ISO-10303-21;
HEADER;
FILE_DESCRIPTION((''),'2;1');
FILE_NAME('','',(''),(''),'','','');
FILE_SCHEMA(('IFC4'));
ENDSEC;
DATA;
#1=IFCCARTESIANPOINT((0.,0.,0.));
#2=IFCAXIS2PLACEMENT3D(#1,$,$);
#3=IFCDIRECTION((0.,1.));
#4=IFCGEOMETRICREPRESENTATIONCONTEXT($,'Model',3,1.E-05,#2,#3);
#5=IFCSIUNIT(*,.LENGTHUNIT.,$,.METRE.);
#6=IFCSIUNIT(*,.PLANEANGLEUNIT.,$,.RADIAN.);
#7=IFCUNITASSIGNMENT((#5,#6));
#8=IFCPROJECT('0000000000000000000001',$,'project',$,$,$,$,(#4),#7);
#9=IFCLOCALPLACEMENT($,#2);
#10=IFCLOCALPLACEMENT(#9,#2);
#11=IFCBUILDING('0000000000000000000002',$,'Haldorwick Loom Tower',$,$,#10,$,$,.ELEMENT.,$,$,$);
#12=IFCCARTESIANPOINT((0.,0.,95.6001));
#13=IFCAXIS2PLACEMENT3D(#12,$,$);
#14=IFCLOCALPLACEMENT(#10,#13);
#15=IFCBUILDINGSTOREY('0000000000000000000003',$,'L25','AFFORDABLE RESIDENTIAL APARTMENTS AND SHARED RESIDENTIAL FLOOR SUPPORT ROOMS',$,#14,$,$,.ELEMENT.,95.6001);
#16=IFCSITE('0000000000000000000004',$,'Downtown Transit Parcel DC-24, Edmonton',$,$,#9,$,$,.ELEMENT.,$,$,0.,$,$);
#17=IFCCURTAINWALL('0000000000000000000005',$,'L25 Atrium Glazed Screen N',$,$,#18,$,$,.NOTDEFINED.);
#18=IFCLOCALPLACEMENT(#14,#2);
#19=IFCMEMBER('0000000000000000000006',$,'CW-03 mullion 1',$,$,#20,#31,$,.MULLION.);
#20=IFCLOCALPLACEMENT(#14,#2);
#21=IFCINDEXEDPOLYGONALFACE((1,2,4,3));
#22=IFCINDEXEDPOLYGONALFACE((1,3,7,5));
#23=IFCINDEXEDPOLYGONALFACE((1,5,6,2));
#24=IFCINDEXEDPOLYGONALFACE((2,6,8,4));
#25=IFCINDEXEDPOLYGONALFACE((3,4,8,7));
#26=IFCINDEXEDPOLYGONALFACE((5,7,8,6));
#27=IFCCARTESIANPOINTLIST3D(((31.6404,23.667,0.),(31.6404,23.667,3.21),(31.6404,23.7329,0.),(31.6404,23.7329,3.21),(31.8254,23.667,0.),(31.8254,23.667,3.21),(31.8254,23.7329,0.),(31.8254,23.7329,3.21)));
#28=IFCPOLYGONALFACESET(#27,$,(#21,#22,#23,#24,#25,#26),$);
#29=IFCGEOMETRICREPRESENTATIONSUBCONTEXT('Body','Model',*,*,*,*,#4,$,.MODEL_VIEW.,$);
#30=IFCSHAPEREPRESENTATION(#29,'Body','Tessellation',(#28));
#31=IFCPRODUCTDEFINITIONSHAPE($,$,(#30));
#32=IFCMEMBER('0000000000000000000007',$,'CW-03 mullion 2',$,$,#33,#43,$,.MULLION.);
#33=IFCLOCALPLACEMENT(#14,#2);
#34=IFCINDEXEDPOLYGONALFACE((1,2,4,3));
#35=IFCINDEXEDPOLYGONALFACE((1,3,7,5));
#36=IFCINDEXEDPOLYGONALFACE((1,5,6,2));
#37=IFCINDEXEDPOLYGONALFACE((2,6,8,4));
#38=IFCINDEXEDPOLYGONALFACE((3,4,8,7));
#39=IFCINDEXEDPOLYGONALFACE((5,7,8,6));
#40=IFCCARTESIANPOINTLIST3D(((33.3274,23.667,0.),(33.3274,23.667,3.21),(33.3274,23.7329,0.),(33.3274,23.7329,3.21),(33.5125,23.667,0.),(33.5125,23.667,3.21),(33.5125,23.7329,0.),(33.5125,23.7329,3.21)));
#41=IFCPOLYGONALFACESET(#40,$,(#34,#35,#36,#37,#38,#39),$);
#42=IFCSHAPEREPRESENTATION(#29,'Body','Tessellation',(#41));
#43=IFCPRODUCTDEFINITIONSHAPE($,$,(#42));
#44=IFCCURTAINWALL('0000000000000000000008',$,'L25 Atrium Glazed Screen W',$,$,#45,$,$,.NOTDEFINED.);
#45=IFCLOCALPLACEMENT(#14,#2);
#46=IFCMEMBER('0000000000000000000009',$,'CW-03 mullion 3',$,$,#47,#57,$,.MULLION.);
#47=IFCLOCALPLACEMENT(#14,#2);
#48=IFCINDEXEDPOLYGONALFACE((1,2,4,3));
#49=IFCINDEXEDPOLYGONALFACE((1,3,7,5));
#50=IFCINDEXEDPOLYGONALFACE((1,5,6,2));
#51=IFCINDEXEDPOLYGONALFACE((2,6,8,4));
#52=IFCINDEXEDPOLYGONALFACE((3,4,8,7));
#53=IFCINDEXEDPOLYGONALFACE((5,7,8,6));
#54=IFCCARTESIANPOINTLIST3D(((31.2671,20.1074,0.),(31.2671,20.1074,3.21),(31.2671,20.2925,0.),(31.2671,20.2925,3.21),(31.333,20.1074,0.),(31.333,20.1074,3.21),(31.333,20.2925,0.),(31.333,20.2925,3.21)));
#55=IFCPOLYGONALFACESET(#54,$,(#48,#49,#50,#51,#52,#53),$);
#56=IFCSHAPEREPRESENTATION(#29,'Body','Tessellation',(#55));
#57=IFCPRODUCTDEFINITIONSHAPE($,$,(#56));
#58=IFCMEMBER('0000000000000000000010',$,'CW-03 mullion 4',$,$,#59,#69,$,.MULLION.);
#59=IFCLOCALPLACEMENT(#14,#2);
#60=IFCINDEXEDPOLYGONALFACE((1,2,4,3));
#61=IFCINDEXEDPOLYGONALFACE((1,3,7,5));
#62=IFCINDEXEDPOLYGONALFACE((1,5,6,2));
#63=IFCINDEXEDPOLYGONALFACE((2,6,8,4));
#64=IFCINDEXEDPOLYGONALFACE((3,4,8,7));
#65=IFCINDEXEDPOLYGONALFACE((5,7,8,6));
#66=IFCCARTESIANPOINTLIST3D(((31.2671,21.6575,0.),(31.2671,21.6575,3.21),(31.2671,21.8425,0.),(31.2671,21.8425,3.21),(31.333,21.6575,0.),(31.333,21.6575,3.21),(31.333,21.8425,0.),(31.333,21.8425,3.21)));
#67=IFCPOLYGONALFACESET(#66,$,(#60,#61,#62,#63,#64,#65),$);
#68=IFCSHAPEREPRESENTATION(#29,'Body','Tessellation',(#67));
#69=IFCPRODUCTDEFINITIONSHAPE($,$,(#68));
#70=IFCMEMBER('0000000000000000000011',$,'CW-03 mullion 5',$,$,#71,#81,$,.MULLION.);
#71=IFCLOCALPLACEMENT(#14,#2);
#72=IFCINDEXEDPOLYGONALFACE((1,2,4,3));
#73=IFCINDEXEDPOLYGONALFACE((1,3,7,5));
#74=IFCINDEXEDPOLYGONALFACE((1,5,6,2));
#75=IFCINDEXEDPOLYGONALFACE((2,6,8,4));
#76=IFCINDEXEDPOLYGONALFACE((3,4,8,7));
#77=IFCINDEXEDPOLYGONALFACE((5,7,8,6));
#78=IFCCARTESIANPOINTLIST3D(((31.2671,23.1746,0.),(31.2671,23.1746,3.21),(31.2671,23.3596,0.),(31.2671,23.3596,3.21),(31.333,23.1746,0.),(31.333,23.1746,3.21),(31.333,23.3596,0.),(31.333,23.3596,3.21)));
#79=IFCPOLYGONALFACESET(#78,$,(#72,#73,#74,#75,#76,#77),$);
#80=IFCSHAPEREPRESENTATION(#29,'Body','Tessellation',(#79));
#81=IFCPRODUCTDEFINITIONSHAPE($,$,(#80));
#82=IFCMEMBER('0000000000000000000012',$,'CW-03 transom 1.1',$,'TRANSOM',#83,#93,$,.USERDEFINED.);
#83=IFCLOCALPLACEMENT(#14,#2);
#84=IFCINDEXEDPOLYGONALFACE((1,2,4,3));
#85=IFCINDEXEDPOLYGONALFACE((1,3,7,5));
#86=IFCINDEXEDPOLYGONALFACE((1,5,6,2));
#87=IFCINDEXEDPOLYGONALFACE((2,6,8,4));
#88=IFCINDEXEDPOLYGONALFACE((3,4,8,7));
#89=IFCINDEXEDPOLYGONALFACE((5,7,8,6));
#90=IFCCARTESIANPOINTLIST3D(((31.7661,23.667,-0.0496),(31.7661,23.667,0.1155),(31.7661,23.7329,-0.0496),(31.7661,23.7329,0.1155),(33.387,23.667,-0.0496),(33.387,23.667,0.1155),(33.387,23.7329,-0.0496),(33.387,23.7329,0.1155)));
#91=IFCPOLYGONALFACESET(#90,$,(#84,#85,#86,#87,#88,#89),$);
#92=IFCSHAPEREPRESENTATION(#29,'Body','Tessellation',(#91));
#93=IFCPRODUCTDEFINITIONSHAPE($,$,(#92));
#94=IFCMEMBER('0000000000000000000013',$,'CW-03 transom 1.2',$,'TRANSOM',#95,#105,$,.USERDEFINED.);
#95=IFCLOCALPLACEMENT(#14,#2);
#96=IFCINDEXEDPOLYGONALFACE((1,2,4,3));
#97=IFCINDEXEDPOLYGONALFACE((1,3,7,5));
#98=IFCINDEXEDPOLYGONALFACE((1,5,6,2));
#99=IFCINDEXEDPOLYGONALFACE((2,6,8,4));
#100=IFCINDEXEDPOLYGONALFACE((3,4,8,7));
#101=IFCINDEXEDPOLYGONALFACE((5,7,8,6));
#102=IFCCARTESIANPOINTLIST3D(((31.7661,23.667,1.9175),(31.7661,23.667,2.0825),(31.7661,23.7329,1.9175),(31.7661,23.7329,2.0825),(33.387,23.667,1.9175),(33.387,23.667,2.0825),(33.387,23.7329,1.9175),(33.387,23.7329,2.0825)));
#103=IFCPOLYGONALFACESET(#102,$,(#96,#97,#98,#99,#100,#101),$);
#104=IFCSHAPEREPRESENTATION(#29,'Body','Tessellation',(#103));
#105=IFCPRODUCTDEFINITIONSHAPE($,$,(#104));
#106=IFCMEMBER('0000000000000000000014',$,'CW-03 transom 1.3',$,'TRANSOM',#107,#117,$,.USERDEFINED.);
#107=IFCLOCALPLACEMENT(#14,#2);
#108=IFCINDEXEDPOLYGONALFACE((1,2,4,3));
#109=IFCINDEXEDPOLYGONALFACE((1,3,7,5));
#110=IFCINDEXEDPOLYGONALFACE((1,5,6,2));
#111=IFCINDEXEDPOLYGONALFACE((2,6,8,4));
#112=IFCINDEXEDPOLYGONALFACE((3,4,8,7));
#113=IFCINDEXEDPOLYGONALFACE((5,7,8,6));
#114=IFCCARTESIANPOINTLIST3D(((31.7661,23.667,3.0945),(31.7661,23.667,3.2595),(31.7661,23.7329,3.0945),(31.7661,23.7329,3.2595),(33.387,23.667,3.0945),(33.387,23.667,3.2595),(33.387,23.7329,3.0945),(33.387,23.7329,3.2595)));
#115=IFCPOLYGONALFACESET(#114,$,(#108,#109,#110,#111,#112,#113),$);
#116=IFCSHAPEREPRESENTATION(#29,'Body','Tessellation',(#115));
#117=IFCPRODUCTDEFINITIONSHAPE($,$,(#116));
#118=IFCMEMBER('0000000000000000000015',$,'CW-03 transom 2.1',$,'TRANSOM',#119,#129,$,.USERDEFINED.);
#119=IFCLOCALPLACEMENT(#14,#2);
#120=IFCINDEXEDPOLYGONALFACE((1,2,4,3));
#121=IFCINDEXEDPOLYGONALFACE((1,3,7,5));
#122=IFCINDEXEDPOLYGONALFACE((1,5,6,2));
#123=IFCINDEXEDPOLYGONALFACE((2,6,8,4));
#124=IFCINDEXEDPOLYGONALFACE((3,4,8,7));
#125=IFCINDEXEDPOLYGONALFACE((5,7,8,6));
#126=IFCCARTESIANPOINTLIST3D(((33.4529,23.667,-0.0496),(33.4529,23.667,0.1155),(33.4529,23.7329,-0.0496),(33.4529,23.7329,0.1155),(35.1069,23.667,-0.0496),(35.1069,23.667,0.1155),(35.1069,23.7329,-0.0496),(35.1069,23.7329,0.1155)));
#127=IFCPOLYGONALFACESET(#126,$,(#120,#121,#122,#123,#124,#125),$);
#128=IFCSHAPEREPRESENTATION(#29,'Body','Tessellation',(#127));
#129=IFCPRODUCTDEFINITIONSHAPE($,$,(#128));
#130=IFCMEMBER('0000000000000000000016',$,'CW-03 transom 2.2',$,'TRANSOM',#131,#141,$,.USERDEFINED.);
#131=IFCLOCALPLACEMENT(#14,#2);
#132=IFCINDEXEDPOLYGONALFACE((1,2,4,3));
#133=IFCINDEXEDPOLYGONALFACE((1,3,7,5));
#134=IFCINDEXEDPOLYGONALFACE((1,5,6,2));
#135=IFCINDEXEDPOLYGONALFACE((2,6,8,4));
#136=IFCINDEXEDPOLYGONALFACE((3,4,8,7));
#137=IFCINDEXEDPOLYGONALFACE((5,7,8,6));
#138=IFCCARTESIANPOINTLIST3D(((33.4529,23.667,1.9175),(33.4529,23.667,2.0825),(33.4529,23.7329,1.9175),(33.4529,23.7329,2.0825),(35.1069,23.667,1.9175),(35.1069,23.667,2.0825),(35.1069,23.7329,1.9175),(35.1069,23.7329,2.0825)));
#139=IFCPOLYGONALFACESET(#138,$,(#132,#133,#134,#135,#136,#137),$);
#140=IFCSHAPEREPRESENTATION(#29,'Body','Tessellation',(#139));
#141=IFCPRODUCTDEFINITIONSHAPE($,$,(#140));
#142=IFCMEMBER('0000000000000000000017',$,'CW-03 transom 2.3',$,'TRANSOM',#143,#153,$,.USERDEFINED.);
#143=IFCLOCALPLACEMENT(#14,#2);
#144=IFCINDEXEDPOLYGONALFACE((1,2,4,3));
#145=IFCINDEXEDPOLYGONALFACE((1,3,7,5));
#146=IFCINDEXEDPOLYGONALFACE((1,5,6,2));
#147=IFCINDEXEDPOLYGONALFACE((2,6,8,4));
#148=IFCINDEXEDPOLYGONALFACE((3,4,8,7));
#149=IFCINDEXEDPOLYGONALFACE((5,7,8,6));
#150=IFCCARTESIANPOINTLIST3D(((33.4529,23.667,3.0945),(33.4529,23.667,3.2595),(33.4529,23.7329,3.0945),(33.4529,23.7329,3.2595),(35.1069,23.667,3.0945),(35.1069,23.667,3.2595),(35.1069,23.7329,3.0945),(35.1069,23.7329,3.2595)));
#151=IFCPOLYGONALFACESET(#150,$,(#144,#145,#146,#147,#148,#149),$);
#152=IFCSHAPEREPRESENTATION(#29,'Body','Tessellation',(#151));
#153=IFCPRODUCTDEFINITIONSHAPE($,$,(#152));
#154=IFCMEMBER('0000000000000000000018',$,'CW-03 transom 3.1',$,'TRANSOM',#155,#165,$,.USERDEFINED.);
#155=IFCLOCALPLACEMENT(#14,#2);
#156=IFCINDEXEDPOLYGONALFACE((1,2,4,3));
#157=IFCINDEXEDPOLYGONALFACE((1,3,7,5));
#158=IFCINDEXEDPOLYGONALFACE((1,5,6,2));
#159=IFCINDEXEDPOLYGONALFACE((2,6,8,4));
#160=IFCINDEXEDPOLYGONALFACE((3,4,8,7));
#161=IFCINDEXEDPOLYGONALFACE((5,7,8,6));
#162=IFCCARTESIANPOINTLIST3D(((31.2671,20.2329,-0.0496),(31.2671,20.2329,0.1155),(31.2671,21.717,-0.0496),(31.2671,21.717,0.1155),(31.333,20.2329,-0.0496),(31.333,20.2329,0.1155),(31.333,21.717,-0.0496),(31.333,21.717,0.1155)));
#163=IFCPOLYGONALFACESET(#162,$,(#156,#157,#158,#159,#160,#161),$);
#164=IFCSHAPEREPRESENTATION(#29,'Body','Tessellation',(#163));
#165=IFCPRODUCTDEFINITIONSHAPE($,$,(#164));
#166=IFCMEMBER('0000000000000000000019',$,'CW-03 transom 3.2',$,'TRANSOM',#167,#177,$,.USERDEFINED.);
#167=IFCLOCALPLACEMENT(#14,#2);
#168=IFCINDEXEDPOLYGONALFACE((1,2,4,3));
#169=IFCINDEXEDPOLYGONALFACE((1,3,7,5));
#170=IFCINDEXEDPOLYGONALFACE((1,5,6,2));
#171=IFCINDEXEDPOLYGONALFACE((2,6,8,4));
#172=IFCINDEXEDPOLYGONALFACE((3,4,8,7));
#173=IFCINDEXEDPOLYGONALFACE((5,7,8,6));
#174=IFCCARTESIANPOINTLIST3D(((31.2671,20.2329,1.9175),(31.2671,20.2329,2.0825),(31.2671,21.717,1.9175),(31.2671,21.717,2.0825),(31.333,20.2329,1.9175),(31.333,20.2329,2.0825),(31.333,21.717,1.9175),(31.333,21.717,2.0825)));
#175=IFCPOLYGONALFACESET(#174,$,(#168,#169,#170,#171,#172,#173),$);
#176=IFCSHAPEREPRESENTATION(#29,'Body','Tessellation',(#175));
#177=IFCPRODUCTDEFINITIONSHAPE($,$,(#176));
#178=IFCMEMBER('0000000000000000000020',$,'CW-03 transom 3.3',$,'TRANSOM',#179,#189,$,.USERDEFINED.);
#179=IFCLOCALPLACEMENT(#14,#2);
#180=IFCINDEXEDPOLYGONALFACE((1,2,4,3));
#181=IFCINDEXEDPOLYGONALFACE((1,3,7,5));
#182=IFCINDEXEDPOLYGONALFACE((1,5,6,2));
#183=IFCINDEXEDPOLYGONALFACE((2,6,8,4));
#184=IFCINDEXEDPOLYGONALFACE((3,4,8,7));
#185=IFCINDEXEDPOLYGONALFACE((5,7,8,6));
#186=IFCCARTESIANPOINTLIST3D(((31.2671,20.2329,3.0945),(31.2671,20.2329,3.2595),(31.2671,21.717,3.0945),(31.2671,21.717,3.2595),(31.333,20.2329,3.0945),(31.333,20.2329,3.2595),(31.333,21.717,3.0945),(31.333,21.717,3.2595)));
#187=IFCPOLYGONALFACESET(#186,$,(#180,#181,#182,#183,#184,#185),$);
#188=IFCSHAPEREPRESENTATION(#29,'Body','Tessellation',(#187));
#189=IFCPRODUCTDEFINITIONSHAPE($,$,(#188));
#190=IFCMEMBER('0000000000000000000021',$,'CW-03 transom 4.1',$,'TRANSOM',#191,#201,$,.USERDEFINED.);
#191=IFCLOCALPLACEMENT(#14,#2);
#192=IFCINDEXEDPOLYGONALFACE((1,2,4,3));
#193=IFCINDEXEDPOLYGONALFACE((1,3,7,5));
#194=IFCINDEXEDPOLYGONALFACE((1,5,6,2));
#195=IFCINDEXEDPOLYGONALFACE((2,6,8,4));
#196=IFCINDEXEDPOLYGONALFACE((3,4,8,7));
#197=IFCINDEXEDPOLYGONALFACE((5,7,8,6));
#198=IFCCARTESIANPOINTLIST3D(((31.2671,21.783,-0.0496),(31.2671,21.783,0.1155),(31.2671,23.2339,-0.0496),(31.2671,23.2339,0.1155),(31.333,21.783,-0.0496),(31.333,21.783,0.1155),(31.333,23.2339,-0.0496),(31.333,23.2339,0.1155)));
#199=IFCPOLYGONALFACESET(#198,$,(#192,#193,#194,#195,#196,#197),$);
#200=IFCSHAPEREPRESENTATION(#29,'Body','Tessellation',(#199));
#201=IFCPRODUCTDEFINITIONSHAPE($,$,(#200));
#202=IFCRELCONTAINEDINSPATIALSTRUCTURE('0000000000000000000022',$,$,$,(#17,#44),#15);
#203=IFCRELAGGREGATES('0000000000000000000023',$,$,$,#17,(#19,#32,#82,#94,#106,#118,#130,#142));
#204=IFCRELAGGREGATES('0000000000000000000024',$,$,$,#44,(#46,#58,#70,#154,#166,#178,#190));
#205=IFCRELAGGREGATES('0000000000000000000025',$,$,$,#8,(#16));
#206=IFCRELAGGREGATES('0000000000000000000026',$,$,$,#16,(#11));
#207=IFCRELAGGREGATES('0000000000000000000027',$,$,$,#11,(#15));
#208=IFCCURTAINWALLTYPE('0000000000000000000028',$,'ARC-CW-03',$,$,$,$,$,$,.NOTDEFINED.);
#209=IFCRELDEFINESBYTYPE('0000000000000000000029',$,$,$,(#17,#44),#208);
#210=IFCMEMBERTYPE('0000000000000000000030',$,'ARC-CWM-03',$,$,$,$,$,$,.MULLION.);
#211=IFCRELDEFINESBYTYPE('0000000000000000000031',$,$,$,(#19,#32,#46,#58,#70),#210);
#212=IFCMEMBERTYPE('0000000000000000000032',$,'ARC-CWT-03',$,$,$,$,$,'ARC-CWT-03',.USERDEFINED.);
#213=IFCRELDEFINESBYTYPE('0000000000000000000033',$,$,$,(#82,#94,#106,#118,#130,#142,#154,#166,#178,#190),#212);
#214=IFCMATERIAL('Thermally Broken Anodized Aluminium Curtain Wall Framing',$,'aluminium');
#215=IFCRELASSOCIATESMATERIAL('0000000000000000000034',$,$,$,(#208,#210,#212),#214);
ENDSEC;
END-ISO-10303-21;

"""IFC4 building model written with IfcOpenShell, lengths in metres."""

from ifc_helpers import new_model, si_unit, direction, frame, origin, origin_2d, place, context, subcontext, project, spatial, rectangle, extrude, material, material_profile, profile_set, type_object, element, aggregate, save


model = new_model("IFC4")

# Units and contexts
model_context = context("Model", 3, precision=1e-05, world=origin(), true_north=direction((0.0, 1.0)))
body_context = subcontext(model_context, "Body", "Model", "MODEL_VIEW")
ifc_project = project(units=[si_unit("LENGTHUNIT", "METRE"), si_unit("PLANEANGLEUNIT", "RADIAN")], contexts=[model_context])

# Site, building, storey
site_placement = place(None, origin())
site = spatial("IfcSite", under=ifc_project, at=site_placement, Name="Downtown Transit Parcel DC-24, Edmonton", CompositionType="ELEMENT", RefElevation=0.0)
building_placement = place(site_placement, origin())
building = spatial("IfcBuilding", under=site, at=building_placement, Name="Haldorwick Loom Tower", CompositionType="ELEMENT")
storey_placement = place(building_placement, frame((0.0, 0.0, 95.6001)))
storey = spatial("IfcBuildingStorey", under=building, at=storey_placement, Name="L25", Description="AFFORDABLE RESIDENTIAL APARTMENTS AND SHARED RESIDENTIAL FLOOR SUPPORT ROOMS", CompositionType="ELEMENT", Elevation=95.6001)

# Curtain walls, members
ifc_material_1 = material(Name="Thermally Broken Anodized Aluminium Curtain Wall Framing", Category="aluminium")
curtain_wall_type = type_object("IfcCurtainWallType", Name="ARC-CW-03", PredefinedType="NOTDEFINED", material=ifc_material_1)
curtain_wall_1_placement = place(storey_placement, origin())
curtain_wall_1 = element("IfcCurtainWall", 1, at=curtain_wall_1_placement, inside=storey, type_object=curtain_wall_type, Name="L25 Atrium Glazed Screen N", PredefinedType="NOTDEFINED")
ifc_material_profile_1 = material_profile(ifc_material_1, rectangle(XDim=0.0659, YDim=0.1851, at=origin_2d()), Name="ALU_MUL_66X185", Category="aluminium")
ifc_profile_set_1 = profile_set([ifc_material_profile_1], Name="Thermally Broken Anodized Aluminium Curtain Wall Framing")
member_type_1 = type_object("IfcMemberType", Name="ARC-CWM-03", PredefinedType="MULLION", material=ifc_profile_set_1)
member_1_placement = place(storey_placement, frame((31.7329, 23.7, 0.0), z_axis=(0.0, 0.0, 1.0), x_axis=(0.0, 1.0, 0.0)))
member_1 = element("IfcMember", 2, at=member_1_placement, type_object=member_type_1, Name="CW-03 mullion 1", PredefinedType="MULLION", context=body_context, shape_type="SweptSolid", body=[
    extrude(rectangle(XDim=0.0659, YDim=0.1851, at=origin_2d()), origin(), (0.0, 0.0, 1.0), 3.21),
])
member_2_placement = place(storey_placement, frame((33.4199, 23.7, 0.0), z_axis=(0.0, 0.0, 1.0), x_axis=(0.0, 1.0, 0.0)))
member_2 = element("IfcMember", 3, at=member_2_placement, type_object=member_type_1, Name="CW-03 mullion 2", PredefinedType="MULLION", context=body_context, shape_type="SweptSolid", body=[
    extrude(rectangle(XDim=0.0659, YDim=0.1851, at=origin_2d()), origin(), (0.0, 0.0, 1.0), 3.21),
])
curtain_wall_2_placement = place(storey_placement, origin())
curtain_wall_2 = element("IfcCurtainWall", 4, at=curtain_wall_2_placement, inside=storey, type_object=curtain_wall_type, Name="L25 Atrium Glazed Screen W", PredefinedType="NOTDEFINED")
member_3_placement = place(storey_placement, frame((31.3, 20.2, 0.0), z_axis=(0.0, 0.0, 1.0), x_axis=(-1.0, 0.0, 0.0)))
member_3 = element("IfcMember", 5, at=member_3_placement, type_object=member_type_1, Name="CW-03 mullion 3", PredefinedType="MULLION", context=body_context, shape_type="SweptSolid", body=[
    extrude(rectangle(XDim=0.0659, YDim=0.1851, at=origin_2d()), origin(), (0.0, 0.0, 1.0), 3.21),
])
member_4_placement = place(storey_placement, frame((31.3, 21.75, 0.0), z_axis=(0.0, 0.0, 1.0), x_axis=(-1.0, 0.0, 0.0)))
member_4 = element("IfcMember", 6, at=member_4_placement, type_object=member_type_1, Name="CW-03 mullion 4", PredefinedType="MULLION", context=body_context, shape_type="SweptSolid", body=[
    extrude(rectangle(XDim=0.0659, YDim=0.1851, at=origin_2d()), origin(), (0.0, 0.0, 1.0), 3.21),
])
member_5_placement = place(storey_placement, frame((31.3, 23.2671, 0.0), z_axis=(0.0, 0.0, 1.0), x_axis=(-1.0, 0.0, 0.0)))
member_5 = element("IfcMember", 7, at=member_5_placement, type_object=member_type_1, Name="CW-03 mullion 5", PredefinedType="MULLION", context=body_context, shape_type="SweptSolid", body=[
    extrude(rectangle(XDim=0.0659, YDim=0.1851, at=origin_2d()), origin(), (0.0, 0.0, 1.0), 3.21),
])

# Members
ifc_material_profile_2 = material_profile(ifc_material_1, rectangle(XDim=0.0659, YDim=0.165, at=origin_2d()), Name="ALU_TRN_66X165", Category="aluminium")
ifc_profile_set_2 = profile_set([ifc_material_profile_2], Name="Thermally Broken Anodized Aluminium Curtain Wall Framing")
member_type_2 = type_object("IfcMemberType", Name="ARC-CWT-03", ElementType="ARC-CWT-03", PredefinedType="USERDEFINED", material=ifc_profile_set_2)
member_6_placement = place(storey_placement, frame((31.7661, 23.7, 0.033), z_axis=(1.0, 0.0, 0.0), x_axis=(0.0, 1.0, 0.0)))
member_6 = element("IfcMember", 8, at=member_6_placement, type_object=member_type_2, Name="CW-03 transom 1.1", ObjectType="TRANSOM", PredefinedType="USERDEFINED", context=body_context, shape_type="SweptSolid", body=[
    extrude(rectangle(XDim=0.0659, YDim=0.165, at=origin_2d()), origin(), (0.0, 0.0, 1.0), 1.6208),
])
member_7_placement = place(storey_placement, frame((31.7661, 23.7, 2.0), z_axis=(1.0, 0.0, 0.0), x_axis=(0.0, 1.0, 0.0)))
member_7 = element("IfcMember", 9, at=member_7_placement, type_object=member_type_2, Name="CW-03 transom 1.2", ObjectType="TRANSOM", PredefinedType="USERDEFINED", context=body_context, shape_type="SweptSolid", body=[
    extrude(rectangle(XDim=0.0659, YDim=0.165, at=origin_2d()), origin(), (0.0, 0.0, 1.0), 1.6208),
])
member_8_placement = place(storey_placement, frame((31.7661, 23.7, 3.177), z_axis=(1.0, 0.0, 0.0), x_axis=(0.0, 1.0, 0.0)))
member_8 = element("IfcMember", 10, at=member_8_placement, type_object=member_type_2, Name="CW-03 transom 1.3", ObjectType="TRANSOM", PredefinedType="USERDEFINED", context=body_context, shape_type="SweptSolid", body=[
    extrude(rectangle(XDim=0.0659, YDim=0.165, at=origin_2d()), origin(), (0.0, 0.0, 1.0), 1.6208),
])
member_9_placement = place(storey_placement, frame((33.4529, 23.7, 0.033), z_axis=(1.0, 0.0, 0.0), x_axis=(0.0, 1.0, 0.0)))
member_9 = element("IfcMember", 11, at=member_9_placement, type_object=member_type_2, Name="CW-03 transom 2.1", ObjectType="TRANSOM", PredefinedType="USERDEFINED", context=body_context, shape_type="SweptSolid", body=[
    extrude(rectangle(XDim=0.0659, YDim=0.165, at=origin_2d()), origin(), (0.0, 0.0, 1.0), 1.6541),
])
member_10_placement = place(storey_placement, frame((33.4529, 23.7, 2.0), z_axis=(1.0, 0.0, 0.0), x_axis=(0.0, 1.0, 0.0)))
member_10 = element("IfcMember", 12, at=member_10_placement, type_object=member_type_2, Name="CW-03 transom 2.2", ObjectType="TRANSOM", PredefinedType="USERDEFINED", context=body_context, shape_type="SweptSolid", body=[
    extrude(rectangle(XDim=0.0659, YDim=0.165, at=origin_2d()), origin(), (0.0, 0.0, 1.0), 1.6541),
])
member_11_placement = place(storey_placement, frame((33.4529, 23.7, 3.177), z_axis=(1.0, 0.0, 0.0), x_axis=(0.0, 1.0, 0.0)))
member_11 = element("IfcMember", 13, at=member_11_placement, type_object=member_type_2, Name="CW-03 transom 2.3", ObjectType="TRANSOM", PredefinedType="USERDEFINED", context=body_context, shape_type="SweptSolid", body=[
    extrude(rectangle(XDim=0.0659, YDim=0.165, at=origin_2d()), origin(), (0.0, 0.0, 1.0), 1.6541),
])
member_12_placement = place(storey_placement, frame((31.3, 20.2329, 0.033), z_axis=(0.0, 1.0, 0.0), x_axis=(-1.0, 0.0, 0.0)))
member_12 = element("IfcMember", 14, at=member_12_placement, type_object=member_type_2, Name="CW-03 transom 3.1", ObjectType="TRANSOM", PredefinedType="USERDEFINED", context=body_context, shape_type="SweptSolid", body=[
    extrude(rectangle(XDim=0.0659, YDim=0.165, at=origin_2d()), origin(), (0.0, 0.0, 1.0), 1.4841),
])
member_13_placement = place(storey_placement, frame((31.3, 20.2329, 2.0), z_axis=(0.0, 1.0, 0.0), x_axis=(-1.0, 0.0, 0.0)))
member_13 = element("IfcMember", 15, at=member_13_placement, type_object=member_type_2, Name="CW-03 transom 3.2", ObjectType="TRANSOM", PredefinedType="USERDEFINED", context=body_context, shape_type="SweptSolid", body=[
    extrude(rectangle(XDim=0.0659, YDim=0.165, at=origin_2d()), origin(), (0.0, 0.0, 1.0), 1.4841),
])
member_14_placement = place(storey_placement, frame((31.3, 20.2329, 3.177), z_axis=(0.0, 1.0, 0.0), x_axis=(-1.0, 0.0, 0.0)))
member_14 = element("IfcMember", 16, at=member_14_placement, type_object=member_type_2, Name="CW-03 transom 3.3", ObjectType="TRANSOM", PredefinedType="USERDEFINED", context=body_context, shape_type="SweptSolid", body=[
    extrude(rectangle(XDim=0.0659, YDim=0.165, at=origin_2d()), origin(), (0.0, 0.0, 1.0), 1.4841),
])
member_15_placement = place(storey_placement, frame((31.3, 21.783, 0.033), z_axis=(0.0, 1.0, 0.0), x_axis=(-1.0, 0.0, 0.0)))
member_15 = element("IfcMember", 17, at=member_15_placement, type_object=member_type_2, Name="CW-03 transom 4.1", ObjectType="TRANSOM", PredefinedType="USERDEFINED", context=body_context, shape_type="SweptSolid", body=[
    extrude(rectangle(XDim=0.0659, YDim=0.165, at=origin_2d()), origin(), (0.0, 0.0, 1.0), 1.4509),
])

aggregate(curtain_wall_1, [member_1, member_2, member_6, member_7, member_8, member_9, member_10, member_11])
aggregate(curtain_wall_2, [member_3, member_4, member_5, member_12, member_13, member_14, member_15])

save(model, "model.ifc")
